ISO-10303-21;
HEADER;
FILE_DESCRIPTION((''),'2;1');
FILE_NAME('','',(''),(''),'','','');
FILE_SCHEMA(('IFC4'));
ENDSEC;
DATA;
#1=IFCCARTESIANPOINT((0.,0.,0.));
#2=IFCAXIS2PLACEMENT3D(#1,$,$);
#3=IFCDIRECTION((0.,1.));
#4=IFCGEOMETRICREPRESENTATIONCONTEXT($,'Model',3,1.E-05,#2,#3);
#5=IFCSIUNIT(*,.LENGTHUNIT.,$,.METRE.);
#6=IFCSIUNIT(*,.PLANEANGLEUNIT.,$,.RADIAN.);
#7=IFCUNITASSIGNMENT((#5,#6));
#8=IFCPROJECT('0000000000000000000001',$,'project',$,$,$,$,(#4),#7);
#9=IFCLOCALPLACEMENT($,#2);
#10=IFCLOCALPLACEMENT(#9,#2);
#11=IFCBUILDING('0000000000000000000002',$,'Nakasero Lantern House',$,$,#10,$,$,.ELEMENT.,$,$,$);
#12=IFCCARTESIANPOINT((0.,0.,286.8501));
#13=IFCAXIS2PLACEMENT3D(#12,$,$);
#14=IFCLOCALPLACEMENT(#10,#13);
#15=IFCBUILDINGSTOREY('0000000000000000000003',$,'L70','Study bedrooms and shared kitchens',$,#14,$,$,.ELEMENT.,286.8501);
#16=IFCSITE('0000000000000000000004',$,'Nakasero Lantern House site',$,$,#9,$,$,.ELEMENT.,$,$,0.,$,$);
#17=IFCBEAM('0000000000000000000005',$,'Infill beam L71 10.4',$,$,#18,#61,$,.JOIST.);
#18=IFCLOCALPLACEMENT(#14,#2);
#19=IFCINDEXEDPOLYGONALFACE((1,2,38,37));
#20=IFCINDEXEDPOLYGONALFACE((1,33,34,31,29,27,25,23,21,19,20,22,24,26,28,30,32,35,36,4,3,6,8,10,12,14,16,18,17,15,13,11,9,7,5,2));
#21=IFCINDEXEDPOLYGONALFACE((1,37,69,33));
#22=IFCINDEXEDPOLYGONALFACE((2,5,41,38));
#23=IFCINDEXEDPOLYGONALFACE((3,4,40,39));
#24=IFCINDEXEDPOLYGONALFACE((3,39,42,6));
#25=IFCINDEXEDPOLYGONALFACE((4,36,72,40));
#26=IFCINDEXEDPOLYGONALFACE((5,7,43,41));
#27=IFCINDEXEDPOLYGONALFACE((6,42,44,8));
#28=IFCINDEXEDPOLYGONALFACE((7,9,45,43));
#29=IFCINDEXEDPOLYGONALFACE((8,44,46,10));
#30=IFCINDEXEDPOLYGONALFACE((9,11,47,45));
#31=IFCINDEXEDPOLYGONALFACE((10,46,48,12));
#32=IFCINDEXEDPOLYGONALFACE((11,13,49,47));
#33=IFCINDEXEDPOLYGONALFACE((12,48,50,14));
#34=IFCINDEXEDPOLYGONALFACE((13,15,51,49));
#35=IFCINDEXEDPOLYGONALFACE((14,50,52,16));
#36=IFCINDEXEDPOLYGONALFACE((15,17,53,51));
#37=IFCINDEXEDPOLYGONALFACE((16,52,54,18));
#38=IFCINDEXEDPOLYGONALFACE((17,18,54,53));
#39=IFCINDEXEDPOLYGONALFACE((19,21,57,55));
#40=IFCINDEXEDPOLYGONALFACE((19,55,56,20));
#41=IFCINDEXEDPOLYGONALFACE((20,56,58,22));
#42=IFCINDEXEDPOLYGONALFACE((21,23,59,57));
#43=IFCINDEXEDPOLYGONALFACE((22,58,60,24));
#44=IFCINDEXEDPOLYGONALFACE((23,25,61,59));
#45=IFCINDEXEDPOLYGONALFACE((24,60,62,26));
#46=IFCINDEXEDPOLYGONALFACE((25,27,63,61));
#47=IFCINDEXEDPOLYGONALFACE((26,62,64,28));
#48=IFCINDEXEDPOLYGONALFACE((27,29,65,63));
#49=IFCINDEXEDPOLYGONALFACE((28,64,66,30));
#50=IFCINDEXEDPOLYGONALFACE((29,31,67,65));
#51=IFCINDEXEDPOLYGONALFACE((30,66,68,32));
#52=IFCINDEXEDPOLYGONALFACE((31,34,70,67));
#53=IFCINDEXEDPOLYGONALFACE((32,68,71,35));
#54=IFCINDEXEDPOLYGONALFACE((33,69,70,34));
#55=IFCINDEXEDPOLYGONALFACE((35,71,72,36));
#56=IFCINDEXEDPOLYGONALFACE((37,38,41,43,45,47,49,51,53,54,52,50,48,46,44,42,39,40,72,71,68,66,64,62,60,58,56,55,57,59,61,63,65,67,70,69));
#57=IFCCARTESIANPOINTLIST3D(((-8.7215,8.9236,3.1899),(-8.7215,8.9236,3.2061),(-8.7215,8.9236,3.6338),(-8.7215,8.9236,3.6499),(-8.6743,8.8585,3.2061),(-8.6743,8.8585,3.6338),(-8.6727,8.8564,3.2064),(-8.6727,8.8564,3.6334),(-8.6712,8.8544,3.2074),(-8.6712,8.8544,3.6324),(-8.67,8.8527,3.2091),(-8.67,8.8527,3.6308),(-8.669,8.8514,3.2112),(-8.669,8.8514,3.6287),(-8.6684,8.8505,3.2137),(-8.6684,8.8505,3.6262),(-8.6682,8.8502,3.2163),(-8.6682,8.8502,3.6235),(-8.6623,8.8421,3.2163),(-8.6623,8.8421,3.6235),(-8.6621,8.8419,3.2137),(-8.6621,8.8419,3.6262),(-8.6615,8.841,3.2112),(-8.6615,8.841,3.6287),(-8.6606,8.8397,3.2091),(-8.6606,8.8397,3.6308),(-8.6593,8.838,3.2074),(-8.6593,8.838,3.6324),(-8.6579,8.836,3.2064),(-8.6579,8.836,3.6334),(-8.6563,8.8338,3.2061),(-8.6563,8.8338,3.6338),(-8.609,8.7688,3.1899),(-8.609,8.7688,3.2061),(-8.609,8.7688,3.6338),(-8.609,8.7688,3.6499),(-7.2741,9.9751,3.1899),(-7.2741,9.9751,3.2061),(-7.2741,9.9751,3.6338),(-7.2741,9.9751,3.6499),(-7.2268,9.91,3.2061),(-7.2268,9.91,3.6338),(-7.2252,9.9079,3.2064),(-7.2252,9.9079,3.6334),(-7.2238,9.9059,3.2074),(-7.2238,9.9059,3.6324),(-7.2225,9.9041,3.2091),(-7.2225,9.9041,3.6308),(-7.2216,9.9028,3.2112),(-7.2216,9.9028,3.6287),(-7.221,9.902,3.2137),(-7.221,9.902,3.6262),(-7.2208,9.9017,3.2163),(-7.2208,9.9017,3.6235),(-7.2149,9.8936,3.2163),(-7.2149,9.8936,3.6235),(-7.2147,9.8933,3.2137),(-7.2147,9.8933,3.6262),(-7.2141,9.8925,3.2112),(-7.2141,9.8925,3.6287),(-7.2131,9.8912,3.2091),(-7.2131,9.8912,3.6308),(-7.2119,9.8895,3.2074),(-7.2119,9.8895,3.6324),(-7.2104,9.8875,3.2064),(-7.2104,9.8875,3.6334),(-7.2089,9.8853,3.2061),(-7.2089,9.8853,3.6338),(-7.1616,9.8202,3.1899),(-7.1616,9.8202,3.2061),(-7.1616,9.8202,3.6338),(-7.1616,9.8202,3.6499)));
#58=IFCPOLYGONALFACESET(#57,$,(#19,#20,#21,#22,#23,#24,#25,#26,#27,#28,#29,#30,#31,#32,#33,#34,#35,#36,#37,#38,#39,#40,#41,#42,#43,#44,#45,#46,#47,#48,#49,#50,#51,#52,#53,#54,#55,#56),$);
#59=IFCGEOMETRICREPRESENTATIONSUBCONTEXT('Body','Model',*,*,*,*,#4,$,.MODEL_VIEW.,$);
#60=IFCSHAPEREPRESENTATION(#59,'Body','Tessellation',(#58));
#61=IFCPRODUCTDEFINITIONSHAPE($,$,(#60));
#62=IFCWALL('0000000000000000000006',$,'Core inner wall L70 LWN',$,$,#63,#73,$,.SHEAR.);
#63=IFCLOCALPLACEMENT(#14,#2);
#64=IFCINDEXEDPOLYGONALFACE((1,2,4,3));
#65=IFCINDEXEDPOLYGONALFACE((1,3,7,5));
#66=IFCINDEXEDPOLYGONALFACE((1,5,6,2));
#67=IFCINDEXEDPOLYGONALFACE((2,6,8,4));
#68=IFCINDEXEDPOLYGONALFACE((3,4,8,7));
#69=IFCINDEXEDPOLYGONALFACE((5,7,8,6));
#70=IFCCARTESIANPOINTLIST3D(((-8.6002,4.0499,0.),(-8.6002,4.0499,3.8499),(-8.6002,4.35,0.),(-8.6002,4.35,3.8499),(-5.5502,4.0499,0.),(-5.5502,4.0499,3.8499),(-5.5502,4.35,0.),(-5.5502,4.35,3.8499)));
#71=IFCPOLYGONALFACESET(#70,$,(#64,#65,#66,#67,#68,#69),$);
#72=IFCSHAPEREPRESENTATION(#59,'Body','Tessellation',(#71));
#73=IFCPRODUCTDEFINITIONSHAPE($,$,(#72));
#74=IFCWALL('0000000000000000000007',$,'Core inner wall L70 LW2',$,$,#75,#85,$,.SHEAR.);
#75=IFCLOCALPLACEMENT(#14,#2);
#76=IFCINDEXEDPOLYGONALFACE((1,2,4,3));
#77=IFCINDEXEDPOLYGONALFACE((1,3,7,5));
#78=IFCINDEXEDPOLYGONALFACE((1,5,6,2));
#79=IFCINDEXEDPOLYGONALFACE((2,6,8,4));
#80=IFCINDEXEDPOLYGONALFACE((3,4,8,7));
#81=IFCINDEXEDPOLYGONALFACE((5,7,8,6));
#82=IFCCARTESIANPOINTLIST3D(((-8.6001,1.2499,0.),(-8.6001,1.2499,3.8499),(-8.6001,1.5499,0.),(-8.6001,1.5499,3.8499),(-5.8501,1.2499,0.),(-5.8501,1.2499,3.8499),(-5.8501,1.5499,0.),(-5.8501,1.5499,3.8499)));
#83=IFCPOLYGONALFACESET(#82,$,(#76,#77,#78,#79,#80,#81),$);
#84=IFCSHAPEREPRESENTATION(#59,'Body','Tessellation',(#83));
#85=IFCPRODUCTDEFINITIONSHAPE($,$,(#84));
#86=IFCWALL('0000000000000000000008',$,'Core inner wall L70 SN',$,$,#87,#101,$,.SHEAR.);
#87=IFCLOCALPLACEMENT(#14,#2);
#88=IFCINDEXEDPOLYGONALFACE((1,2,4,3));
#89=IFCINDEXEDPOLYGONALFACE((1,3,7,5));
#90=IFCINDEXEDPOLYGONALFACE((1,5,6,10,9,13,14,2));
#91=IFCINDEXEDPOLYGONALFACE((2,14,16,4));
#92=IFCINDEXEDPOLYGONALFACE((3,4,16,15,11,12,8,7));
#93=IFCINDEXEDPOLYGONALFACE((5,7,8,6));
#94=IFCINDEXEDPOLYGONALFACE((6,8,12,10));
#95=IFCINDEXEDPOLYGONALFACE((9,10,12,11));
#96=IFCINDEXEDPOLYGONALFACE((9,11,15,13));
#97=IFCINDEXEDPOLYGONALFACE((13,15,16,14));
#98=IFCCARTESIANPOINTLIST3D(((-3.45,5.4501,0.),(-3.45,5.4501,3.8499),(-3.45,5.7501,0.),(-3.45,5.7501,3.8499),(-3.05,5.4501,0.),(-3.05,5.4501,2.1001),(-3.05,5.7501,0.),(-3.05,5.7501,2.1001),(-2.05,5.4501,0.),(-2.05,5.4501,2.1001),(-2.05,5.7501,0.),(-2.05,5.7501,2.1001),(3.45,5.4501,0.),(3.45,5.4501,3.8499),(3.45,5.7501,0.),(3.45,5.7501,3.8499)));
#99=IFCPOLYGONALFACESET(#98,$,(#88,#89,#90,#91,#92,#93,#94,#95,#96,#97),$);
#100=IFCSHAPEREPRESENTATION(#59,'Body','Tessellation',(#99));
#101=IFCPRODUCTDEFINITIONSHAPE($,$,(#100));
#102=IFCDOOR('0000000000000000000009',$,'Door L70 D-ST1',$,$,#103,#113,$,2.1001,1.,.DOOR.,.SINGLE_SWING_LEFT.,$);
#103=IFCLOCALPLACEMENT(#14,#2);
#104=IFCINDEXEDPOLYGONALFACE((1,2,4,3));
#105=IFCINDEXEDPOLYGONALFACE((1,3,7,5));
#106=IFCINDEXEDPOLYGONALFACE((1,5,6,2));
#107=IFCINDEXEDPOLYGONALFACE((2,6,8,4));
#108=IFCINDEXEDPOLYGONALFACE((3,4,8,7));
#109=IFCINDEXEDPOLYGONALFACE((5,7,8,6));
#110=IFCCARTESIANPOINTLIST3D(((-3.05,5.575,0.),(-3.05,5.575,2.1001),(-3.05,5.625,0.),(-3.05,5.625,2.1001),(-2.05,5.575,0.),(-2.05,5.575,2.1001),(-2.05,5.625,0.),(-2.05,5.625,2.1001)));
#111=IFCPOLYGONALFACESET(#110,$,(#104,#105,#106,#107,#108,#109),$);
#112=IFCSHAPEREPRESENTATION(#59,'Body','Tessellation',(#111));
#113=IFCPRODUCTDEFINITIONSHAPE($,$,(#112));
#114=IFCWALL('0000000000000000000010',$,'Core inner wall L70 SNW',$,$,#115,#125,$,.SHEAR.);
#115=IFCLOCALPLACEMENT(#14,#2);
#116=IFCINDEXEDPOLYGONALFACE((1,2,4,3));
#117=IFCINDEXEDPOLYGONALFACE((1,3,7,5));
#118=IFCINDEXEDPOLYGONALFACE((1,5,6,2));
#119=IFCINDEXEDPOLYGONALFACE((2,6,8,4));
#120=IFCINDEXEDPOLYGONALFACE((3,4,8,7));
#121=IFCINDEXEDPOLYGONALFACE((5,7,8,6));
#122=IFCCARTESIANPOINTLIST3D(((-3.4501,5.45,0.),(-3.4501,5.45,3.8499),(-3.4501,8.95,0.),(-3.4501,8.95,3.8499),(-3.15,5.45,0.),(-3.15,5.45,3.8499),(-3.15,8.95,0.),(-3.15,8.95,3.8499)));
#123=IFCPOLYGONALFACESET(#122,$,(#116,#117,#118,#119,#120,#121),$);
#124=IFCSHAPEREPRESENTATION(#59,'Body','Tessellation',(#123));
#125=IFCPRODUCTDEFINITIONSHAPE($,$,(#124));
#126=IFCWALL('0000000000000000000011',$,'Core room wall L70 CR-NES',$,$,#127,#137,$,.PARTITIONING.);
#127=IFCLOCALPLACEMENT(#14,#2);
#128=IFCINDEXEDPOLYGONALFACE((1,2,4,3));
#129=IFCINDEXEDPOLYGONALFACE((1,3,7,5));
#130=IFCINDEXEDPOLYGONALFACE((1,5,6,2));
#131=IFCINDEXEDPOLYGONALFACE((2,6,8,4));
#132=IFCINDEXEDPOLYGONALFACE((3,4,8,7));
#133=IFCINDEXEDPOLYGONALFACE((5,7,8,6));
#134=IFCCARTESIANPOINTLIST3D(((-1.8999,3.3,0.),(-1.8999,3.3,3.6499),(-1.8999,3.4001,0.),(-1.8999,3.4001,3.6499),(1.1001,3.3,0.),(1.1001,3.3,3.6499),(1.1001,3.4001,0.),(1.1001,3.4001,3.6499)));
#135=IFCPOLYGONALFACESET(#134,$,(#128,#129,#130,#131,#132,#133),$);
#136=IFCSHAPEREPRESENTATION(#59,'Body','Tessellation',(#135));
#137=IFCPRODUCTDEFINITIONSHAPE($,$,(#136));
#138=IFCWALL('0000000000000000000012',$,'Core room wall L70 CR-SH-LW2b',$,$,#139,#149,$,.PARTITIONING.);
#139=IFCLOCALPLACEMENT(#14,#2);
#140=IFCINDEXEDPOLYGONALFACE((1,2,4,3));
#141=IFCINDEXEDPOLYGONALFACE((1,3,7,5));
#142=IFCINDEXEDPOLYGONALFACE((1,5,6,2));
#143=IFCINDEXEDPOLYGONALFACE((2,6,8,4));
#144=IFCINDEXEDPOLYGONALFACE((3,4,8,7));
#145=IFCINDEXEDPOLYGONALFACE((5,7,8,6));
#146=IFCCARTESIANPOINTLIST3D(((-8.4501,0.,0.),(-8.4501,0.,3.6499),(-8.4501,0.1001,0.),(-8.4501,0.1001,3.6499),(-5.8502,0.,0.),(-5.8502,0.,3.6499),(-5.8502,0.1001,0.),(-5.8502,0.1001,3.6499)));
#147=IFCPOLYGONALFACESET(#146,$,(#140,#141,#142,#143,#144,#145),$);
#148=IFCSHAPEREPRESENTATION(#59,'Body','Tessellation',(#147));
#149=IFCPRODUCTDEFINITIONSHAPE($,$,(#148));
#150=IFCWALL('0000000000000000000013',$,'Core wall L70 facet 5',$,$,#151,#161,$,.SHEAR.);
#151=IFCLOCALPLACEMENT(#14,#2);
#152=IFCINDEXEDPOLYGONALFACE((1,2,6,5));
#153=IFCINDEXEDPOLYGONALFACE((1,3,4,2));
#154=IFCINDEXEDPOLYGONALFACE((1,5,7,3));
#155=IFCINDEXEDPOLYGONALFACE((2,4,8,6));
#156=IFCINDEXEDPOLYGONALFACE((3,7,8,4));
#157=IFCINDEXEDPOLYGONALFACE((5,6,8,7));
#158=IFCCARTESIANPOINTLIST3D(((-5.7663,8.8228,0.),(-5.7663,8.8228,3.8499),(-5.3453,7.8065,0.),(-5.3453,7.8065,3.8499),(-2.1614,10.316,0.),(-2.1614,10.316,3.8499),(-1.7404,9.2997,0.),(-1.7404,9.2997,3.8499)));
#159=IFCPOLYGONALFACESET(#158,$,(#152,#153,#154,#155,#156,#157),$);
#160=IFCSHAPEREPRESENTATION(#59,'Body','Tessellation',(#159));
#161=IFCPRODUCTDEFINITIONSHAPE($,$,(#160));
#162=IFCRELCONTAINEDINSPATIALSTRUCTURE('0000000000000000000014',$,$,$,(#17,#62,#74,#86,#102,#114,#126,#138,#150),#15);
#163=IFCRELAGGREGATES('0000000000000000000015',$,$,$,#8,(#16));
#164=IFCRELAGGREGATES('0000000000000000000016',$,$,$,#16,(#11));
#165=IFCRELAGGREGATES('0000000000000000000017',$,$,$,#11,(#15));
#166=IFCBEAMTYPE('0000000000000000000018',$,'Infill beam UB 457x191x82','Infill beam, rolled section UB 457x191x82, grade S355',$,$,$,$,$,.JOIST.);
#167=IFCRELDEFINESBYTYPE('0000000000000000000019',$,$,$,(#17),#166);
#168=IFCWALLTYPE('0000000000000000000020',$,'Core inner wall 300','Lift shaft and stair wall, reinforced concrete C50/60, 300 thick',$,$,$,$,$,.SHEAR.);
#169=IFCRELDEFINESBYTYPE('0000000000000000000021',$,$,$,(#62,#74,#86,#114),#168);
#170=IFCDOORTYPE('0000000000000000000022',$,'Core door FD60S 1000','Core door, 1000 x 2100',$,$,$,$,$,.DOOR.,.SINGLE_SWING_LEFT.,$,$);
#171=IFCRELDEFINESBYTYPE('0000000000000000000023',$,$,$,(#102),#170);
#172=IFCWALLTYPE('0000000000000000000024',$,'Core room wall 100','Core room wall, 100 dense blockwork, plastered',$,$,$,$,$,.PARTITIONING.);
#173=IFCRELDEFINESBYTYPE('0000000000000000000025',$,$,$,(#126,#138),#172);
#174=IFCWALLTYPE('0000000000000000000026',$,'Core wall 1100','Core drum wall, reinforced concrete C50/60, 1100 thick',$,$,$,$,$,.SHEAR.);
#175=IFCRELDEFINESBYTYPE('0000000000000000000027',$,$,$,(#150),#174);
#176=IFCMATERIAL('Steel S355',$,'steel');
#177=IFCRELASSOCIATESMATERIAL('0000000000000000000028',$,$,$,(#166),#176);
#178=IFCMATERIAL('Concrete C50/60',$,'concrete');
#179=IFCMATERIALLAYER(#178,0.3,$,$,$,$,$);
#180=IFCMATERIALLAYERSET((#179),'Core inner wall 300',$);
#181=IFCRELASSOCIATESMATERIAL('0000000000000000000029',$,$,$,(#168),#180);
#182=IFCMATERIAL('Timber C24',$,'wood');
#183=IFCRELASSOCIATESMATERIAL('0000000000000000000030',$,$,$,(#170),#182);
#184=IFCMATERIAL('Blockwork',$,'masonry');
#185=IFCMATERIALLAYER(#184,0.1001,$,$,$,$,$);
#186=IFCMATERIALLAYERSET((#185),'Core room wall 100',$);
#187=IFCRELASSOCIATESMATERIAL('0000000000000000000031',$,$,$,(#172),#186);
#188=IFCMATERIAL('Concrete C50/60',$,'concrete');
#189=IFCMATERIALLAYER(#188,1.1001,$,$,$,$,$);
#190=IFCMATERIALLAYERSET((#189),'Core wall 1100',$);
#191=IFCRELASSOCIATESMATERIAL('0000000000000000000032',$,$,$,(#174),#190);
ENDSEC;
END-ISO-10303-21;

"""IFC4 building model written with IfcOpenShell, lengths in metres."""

from ifc_helpers import new_model, si_unit, direction, frame, frame_2d, origin, origin_2d, place, context, subcontext, project, spatial, rectangle, i_section, extrude, material, layer, layer_set, material_profile, profile_set, type_object, element, fill, save


model = new_model("IFC4")

# Units and contexts
model_context = context("Model", 3, precision=1e-05, world=origin(), true_north=direction((0.0, 1.0)))
body_context = subcontext(model_context, "Body", "Model", "MODEL_VIEW")
ifc_project = project(units=[si_unit("LENGTHUNIT", "METRE"), si_unit("PLANEANGLEUNIT", "RADIAN")], contexts=[model_context])

# Site, building, storey
site_placement = place(None, origin())
site = spatial("IfcSite", under=ifc_project, at=site_placement, Name="Nakasero Lantern House site", CompositionType="ELEMENT", RefElevation=0.0)
building_placement = place(site_placement, origin())
building = spatial("IfcBuilding", under=site, at=building_placement, Name="Nakasero Lantern House", CompositionType="ELEMENT")
storey_placement = place(building_placement, frame((0.0, 0.0, 286.8501)))
storey = spatial("IfcBuildingStorey", under=building, at=storey_placement, Name="L70", Description="Study bedrooms and shared kitchens", CompositionType="ELEMENT", Elevation=286.8501)

# Beam
ifc_material_1 = material(Name="Steel S355", Category="steel")
ifc_material_profile = material_profile(ifc_material_1, i_section(OverallWidth=0.1914, OverallDepth=0.46, WebThickness=0.01, FlangeThickness=0.0161, FilletRadius=0.0103, at=origin_2d()), Name="UB 457x191x82")
ifc_profile_set = profile_set([ifc_material_profile], Name="Steel S355")
beam_type = type_object("IfcBeamType", Name="Infill beam UB 457x191x82", Description="Infill beam, rolled section UB 457x191x82, grade S355", PredefinedType="JOIST", material=ifc_profile_set)
beam_placement = place(storey_placement, frame((-8.6653, 8.8462, 3.4199), z_axis=(0.809061, 0.587725, 0.0), x_axis=(-0.587725, 0.809061, 0.0)))
element("IfcBeam", 1, at=beam_placement, inside=storey, type_object=beam_type, Name="Infill beam L71 10.4", PredefinedType="JOIST", context=body_context, shape_type="SweptSolid", body=[
    extrude(i_section(OverallWidth=0.1914, OverallDepth=0.46, WebThickness=0.01, FlangeThickness=0.0161, FilletRadius=0.0103, at=origin_2d()), origin(), (0.0, 0.0, 1.0), 1.7891),
])

# Walls
ifc_material_2 = material(Name="Concrete C50/60", Category="concrete")
ifc_layer_1 = layer(ifc_material_2, 0.3)
ifc_layer_set_1 = layer_set([ifc_layer_1], Name="Core inner wall 300")
wall_type_1 = type_object("IfcWallType", Name="Core inner wall 300", Description="Lift shaft and stair wall, reinforced concrete C50/60, 300 thick", PredefinedType="SHEAR", material=ifc_layer_set_1)
wall_1_placement = place(storey_placement, frame((-8.6001, 4.2, 0.0), z_axis=(0.0, 0.0, 1.0), x_axis=(1.0, 0.0, 0.0)))
element("IfcWall", 2, at=wall_1_placement, inside=storey, type_object=wall_type_1, Name="Core inner wall L70 LWN", PredefinedType="SHEAR", context=body_context, shape_type="SweptSolid", body=[
    extrude(rectangle(XDim=3.05, YDim=0.3, at=frame_2d((1.5249, 0.0))), origin(), (0.0, 0.0, 1.0), 3.8499),
])
wall_2_placement = place(storey_placement, frame((-8.6001, 1.3999, 0.0), z_axis=(0.0, 0.0, 1.0), x_axis=(1.0, 0.0, 0.0)))
element("IfcWall", 3, at=wall_2_placement, inside=storey, type_object=wall_type_1, Name="Core inner wall L70 LW2", PredefinedType="SHEAR", context=body_context, shape_type="SweptSolid", body=[
    extrude(rectangle(XDim=2.75, YDim=0.3, at=frame_2d((1.375, 0.0))), origin(), (0.0, 0.0, 1.0), 3.8499),
])

# Wall, opening, door
wall_3_placement = place(storey_placement, frame((-3.45, 5.6001, 0.0), z_axis=(0.0, 0.0, 1.0), x_axis=(1.0, 0.0, 0.0)))
wall_3 = element("IfcWall", 4, at=wall_3_placement, inside=storey, type_object=wall_type_1, Name="Core inner wall L70 SN", PredefinedType="SHEAR", context=body_context, shape_type="SweptSolid", body=[
    extrude(rectangle(XDim=6.8999, YDim=0.3, at=frame_2d((3.45, 0.0))), origin(), (0.0, 0.0, 1.0), 3.8499),
])
opening_1_placement = place(wall_3_placement, frame((0.3999, 0.0, 0.0)))
opening_1 = element("IfcOpeningElement", 5, at=opening_1_placement, cuts=wall_3, PredefinedType="OPENING", context=body_context, shape_type="SweptSolid", body=[
    extrude(rectangle(XDim=1.0, YDim=2.1001, at=frame_2d((0.5, 1.05))), frame((0.0, 0.1699, 0.0), z_axis=(0.0, -1.0, 0.0), x_axis=(1.0, 0.0, 0.0)), (0.0, 0.0, 1.0), 0.3401),
])
ifc_material_3 = material(Name="Timber C24", Category="wood")
door_type = type_object("IfcDoorType", Name="Core door FD60S 1000", Description="Core door, 1000 x 2100", OperationType="SINGLE_SWING_LEFT", PredefinedType="DOOR", material=ifc_material_3)
door_1_placement = place(opening_1_placement, origin())
door_1 = element("IfcDoor", 6, at=door_1_placement, inside=storey, type_object=door_type, Name="Door L70 D-ST1", OperationType="SINGLE_SWING_LEFT", OverallHeight=2.1001, OverallWidth=1.0, PredefinedType="DOOR", context=body_context, shape_type="SweptSolid", body=[
    extrude(rectangle(XDim=1.0, YDim=2.1001, at=frame_2d((0.5, 1.05))), frame((0.0, 0.0249, 0.0), z_axis=(0.0, -1.0, 0.0), x_axis=(1.0, 0.0, 0.0)), (0.0, 0.0, 1.0), 0.05),
])
fill(opening_1, door_1)

# Walls
wall_4_placement = place(storey_placement, frame((-3.3, 5.45, 0.0), z_axis=(0.0, 0.0, 1.0), x_axis=(0.0, 1.0, 0.0)))
element("IfcWall", 7, at=wall_4_placement, inside=storey, type_object=wall_type_1, Name="Core inner wall L70 SNW", PredefinedType="SHEAR", context=body_context, shape_type="SweptSolid", body=[
    extrude(rectangle(XDim=3.5, YDim=0.3, at=frame_2d((1.75, 0.0))), origin(), (0.0, 0.0, 1.0), 3.8499),
])
ifc_material_4 = material(Name="Blockwork", Category="masonry")
ifc_layer_2 = layer(ifc_material_4, 0.1001)
ifc_layer_set_2 = layer_set([ifc_layer_2], Name="Core room wall 100")
wall_type_2 = type_object("IfcWallType", Name="Core room wall 100", Description="Core room wall, 100 dense blockwork, plastered", PredefinedType="PARTITIONING", material=ifc_layer_set_2)
wall_5_placement = place(storey_placement, frame((-1.8999, 3.3501, 0.0), z_axis=(0.0, 0.0, 1.0), x_axis=(1.0, 0.0, 0.0)))
element("IfcWall", 8, at=wall_5_placement, inside=storey, type_object=wall_type_2, Name="Core room wall L70 CR-NES", PredefinedType="PARTITIONING", context=body_context, shape_type="SweptSolid", body=[
    extrude(rectangle(XDim=3.0, YDim=0.1001, at=frame_2d((1.5, 0.0))), origin(), (0.0, 0.0, 1.0), 3.6499),
])
wall_6_placement = place(storey_placement, frame((-8.45, 0.05, 0.0), z_axis=(0.0, 0.0, 1.0), x_axis=(1.0, 0.0, 0.0)))
element("IfcWall", 9, at=wall_6_placement, inside=storey, type_object=wall_type_2, Name="Core room wall L70 CR-SH-LW2b", PredefinedType="PARTITIONING", context=body_context, shape_type="SweptSolid", body=[
    extrude(rectangle(XDim=2.5999, YDim=0.1001, at=frame_2d((1.2998, 0.0))), origin(), (0.0, 0.0, 1.0), 3.6499),
])
ifc_material_5 = material(Name="Concrete C50/60", Category="concrete")
ifc_layer_3 = layer(ifc_material_5, 1.1001)
ifc_layer_set_3 = layer_set([ifc_layer_3], Name="Core wall 1100")
wall_type_3 = type_object("IfcWallType", Name="Core wall 1100", Description="Core drum wall, reinforced concrete C50/60, 1100 thick", PredefinedType="SHEAR", material=ifc_layer_set_3)
wall_7_placement = place(storey_placement, frame((-1.9509, 9.8079, 0.0), z_axis=(0.0, 0.0, 1.0), x_axis=(-0.923877, -0.382691, 0.0)))
element("IfcWall", 10, at=wall_7_placement, inside=storey, type_object=wall_type_3, Name="Core wall L70 facet 5", PredefinedType="SHEAR", context=body_context, shape_type="SweptSolid", body=[
    extrude(rectangle(XDim=3.9019, YDim=1.1001, at=frame_2d((1.9509, 0.0))), origin(), (0.0, 0.0, 1.0), 3.8499),
])

save(model, "model.ifc")
